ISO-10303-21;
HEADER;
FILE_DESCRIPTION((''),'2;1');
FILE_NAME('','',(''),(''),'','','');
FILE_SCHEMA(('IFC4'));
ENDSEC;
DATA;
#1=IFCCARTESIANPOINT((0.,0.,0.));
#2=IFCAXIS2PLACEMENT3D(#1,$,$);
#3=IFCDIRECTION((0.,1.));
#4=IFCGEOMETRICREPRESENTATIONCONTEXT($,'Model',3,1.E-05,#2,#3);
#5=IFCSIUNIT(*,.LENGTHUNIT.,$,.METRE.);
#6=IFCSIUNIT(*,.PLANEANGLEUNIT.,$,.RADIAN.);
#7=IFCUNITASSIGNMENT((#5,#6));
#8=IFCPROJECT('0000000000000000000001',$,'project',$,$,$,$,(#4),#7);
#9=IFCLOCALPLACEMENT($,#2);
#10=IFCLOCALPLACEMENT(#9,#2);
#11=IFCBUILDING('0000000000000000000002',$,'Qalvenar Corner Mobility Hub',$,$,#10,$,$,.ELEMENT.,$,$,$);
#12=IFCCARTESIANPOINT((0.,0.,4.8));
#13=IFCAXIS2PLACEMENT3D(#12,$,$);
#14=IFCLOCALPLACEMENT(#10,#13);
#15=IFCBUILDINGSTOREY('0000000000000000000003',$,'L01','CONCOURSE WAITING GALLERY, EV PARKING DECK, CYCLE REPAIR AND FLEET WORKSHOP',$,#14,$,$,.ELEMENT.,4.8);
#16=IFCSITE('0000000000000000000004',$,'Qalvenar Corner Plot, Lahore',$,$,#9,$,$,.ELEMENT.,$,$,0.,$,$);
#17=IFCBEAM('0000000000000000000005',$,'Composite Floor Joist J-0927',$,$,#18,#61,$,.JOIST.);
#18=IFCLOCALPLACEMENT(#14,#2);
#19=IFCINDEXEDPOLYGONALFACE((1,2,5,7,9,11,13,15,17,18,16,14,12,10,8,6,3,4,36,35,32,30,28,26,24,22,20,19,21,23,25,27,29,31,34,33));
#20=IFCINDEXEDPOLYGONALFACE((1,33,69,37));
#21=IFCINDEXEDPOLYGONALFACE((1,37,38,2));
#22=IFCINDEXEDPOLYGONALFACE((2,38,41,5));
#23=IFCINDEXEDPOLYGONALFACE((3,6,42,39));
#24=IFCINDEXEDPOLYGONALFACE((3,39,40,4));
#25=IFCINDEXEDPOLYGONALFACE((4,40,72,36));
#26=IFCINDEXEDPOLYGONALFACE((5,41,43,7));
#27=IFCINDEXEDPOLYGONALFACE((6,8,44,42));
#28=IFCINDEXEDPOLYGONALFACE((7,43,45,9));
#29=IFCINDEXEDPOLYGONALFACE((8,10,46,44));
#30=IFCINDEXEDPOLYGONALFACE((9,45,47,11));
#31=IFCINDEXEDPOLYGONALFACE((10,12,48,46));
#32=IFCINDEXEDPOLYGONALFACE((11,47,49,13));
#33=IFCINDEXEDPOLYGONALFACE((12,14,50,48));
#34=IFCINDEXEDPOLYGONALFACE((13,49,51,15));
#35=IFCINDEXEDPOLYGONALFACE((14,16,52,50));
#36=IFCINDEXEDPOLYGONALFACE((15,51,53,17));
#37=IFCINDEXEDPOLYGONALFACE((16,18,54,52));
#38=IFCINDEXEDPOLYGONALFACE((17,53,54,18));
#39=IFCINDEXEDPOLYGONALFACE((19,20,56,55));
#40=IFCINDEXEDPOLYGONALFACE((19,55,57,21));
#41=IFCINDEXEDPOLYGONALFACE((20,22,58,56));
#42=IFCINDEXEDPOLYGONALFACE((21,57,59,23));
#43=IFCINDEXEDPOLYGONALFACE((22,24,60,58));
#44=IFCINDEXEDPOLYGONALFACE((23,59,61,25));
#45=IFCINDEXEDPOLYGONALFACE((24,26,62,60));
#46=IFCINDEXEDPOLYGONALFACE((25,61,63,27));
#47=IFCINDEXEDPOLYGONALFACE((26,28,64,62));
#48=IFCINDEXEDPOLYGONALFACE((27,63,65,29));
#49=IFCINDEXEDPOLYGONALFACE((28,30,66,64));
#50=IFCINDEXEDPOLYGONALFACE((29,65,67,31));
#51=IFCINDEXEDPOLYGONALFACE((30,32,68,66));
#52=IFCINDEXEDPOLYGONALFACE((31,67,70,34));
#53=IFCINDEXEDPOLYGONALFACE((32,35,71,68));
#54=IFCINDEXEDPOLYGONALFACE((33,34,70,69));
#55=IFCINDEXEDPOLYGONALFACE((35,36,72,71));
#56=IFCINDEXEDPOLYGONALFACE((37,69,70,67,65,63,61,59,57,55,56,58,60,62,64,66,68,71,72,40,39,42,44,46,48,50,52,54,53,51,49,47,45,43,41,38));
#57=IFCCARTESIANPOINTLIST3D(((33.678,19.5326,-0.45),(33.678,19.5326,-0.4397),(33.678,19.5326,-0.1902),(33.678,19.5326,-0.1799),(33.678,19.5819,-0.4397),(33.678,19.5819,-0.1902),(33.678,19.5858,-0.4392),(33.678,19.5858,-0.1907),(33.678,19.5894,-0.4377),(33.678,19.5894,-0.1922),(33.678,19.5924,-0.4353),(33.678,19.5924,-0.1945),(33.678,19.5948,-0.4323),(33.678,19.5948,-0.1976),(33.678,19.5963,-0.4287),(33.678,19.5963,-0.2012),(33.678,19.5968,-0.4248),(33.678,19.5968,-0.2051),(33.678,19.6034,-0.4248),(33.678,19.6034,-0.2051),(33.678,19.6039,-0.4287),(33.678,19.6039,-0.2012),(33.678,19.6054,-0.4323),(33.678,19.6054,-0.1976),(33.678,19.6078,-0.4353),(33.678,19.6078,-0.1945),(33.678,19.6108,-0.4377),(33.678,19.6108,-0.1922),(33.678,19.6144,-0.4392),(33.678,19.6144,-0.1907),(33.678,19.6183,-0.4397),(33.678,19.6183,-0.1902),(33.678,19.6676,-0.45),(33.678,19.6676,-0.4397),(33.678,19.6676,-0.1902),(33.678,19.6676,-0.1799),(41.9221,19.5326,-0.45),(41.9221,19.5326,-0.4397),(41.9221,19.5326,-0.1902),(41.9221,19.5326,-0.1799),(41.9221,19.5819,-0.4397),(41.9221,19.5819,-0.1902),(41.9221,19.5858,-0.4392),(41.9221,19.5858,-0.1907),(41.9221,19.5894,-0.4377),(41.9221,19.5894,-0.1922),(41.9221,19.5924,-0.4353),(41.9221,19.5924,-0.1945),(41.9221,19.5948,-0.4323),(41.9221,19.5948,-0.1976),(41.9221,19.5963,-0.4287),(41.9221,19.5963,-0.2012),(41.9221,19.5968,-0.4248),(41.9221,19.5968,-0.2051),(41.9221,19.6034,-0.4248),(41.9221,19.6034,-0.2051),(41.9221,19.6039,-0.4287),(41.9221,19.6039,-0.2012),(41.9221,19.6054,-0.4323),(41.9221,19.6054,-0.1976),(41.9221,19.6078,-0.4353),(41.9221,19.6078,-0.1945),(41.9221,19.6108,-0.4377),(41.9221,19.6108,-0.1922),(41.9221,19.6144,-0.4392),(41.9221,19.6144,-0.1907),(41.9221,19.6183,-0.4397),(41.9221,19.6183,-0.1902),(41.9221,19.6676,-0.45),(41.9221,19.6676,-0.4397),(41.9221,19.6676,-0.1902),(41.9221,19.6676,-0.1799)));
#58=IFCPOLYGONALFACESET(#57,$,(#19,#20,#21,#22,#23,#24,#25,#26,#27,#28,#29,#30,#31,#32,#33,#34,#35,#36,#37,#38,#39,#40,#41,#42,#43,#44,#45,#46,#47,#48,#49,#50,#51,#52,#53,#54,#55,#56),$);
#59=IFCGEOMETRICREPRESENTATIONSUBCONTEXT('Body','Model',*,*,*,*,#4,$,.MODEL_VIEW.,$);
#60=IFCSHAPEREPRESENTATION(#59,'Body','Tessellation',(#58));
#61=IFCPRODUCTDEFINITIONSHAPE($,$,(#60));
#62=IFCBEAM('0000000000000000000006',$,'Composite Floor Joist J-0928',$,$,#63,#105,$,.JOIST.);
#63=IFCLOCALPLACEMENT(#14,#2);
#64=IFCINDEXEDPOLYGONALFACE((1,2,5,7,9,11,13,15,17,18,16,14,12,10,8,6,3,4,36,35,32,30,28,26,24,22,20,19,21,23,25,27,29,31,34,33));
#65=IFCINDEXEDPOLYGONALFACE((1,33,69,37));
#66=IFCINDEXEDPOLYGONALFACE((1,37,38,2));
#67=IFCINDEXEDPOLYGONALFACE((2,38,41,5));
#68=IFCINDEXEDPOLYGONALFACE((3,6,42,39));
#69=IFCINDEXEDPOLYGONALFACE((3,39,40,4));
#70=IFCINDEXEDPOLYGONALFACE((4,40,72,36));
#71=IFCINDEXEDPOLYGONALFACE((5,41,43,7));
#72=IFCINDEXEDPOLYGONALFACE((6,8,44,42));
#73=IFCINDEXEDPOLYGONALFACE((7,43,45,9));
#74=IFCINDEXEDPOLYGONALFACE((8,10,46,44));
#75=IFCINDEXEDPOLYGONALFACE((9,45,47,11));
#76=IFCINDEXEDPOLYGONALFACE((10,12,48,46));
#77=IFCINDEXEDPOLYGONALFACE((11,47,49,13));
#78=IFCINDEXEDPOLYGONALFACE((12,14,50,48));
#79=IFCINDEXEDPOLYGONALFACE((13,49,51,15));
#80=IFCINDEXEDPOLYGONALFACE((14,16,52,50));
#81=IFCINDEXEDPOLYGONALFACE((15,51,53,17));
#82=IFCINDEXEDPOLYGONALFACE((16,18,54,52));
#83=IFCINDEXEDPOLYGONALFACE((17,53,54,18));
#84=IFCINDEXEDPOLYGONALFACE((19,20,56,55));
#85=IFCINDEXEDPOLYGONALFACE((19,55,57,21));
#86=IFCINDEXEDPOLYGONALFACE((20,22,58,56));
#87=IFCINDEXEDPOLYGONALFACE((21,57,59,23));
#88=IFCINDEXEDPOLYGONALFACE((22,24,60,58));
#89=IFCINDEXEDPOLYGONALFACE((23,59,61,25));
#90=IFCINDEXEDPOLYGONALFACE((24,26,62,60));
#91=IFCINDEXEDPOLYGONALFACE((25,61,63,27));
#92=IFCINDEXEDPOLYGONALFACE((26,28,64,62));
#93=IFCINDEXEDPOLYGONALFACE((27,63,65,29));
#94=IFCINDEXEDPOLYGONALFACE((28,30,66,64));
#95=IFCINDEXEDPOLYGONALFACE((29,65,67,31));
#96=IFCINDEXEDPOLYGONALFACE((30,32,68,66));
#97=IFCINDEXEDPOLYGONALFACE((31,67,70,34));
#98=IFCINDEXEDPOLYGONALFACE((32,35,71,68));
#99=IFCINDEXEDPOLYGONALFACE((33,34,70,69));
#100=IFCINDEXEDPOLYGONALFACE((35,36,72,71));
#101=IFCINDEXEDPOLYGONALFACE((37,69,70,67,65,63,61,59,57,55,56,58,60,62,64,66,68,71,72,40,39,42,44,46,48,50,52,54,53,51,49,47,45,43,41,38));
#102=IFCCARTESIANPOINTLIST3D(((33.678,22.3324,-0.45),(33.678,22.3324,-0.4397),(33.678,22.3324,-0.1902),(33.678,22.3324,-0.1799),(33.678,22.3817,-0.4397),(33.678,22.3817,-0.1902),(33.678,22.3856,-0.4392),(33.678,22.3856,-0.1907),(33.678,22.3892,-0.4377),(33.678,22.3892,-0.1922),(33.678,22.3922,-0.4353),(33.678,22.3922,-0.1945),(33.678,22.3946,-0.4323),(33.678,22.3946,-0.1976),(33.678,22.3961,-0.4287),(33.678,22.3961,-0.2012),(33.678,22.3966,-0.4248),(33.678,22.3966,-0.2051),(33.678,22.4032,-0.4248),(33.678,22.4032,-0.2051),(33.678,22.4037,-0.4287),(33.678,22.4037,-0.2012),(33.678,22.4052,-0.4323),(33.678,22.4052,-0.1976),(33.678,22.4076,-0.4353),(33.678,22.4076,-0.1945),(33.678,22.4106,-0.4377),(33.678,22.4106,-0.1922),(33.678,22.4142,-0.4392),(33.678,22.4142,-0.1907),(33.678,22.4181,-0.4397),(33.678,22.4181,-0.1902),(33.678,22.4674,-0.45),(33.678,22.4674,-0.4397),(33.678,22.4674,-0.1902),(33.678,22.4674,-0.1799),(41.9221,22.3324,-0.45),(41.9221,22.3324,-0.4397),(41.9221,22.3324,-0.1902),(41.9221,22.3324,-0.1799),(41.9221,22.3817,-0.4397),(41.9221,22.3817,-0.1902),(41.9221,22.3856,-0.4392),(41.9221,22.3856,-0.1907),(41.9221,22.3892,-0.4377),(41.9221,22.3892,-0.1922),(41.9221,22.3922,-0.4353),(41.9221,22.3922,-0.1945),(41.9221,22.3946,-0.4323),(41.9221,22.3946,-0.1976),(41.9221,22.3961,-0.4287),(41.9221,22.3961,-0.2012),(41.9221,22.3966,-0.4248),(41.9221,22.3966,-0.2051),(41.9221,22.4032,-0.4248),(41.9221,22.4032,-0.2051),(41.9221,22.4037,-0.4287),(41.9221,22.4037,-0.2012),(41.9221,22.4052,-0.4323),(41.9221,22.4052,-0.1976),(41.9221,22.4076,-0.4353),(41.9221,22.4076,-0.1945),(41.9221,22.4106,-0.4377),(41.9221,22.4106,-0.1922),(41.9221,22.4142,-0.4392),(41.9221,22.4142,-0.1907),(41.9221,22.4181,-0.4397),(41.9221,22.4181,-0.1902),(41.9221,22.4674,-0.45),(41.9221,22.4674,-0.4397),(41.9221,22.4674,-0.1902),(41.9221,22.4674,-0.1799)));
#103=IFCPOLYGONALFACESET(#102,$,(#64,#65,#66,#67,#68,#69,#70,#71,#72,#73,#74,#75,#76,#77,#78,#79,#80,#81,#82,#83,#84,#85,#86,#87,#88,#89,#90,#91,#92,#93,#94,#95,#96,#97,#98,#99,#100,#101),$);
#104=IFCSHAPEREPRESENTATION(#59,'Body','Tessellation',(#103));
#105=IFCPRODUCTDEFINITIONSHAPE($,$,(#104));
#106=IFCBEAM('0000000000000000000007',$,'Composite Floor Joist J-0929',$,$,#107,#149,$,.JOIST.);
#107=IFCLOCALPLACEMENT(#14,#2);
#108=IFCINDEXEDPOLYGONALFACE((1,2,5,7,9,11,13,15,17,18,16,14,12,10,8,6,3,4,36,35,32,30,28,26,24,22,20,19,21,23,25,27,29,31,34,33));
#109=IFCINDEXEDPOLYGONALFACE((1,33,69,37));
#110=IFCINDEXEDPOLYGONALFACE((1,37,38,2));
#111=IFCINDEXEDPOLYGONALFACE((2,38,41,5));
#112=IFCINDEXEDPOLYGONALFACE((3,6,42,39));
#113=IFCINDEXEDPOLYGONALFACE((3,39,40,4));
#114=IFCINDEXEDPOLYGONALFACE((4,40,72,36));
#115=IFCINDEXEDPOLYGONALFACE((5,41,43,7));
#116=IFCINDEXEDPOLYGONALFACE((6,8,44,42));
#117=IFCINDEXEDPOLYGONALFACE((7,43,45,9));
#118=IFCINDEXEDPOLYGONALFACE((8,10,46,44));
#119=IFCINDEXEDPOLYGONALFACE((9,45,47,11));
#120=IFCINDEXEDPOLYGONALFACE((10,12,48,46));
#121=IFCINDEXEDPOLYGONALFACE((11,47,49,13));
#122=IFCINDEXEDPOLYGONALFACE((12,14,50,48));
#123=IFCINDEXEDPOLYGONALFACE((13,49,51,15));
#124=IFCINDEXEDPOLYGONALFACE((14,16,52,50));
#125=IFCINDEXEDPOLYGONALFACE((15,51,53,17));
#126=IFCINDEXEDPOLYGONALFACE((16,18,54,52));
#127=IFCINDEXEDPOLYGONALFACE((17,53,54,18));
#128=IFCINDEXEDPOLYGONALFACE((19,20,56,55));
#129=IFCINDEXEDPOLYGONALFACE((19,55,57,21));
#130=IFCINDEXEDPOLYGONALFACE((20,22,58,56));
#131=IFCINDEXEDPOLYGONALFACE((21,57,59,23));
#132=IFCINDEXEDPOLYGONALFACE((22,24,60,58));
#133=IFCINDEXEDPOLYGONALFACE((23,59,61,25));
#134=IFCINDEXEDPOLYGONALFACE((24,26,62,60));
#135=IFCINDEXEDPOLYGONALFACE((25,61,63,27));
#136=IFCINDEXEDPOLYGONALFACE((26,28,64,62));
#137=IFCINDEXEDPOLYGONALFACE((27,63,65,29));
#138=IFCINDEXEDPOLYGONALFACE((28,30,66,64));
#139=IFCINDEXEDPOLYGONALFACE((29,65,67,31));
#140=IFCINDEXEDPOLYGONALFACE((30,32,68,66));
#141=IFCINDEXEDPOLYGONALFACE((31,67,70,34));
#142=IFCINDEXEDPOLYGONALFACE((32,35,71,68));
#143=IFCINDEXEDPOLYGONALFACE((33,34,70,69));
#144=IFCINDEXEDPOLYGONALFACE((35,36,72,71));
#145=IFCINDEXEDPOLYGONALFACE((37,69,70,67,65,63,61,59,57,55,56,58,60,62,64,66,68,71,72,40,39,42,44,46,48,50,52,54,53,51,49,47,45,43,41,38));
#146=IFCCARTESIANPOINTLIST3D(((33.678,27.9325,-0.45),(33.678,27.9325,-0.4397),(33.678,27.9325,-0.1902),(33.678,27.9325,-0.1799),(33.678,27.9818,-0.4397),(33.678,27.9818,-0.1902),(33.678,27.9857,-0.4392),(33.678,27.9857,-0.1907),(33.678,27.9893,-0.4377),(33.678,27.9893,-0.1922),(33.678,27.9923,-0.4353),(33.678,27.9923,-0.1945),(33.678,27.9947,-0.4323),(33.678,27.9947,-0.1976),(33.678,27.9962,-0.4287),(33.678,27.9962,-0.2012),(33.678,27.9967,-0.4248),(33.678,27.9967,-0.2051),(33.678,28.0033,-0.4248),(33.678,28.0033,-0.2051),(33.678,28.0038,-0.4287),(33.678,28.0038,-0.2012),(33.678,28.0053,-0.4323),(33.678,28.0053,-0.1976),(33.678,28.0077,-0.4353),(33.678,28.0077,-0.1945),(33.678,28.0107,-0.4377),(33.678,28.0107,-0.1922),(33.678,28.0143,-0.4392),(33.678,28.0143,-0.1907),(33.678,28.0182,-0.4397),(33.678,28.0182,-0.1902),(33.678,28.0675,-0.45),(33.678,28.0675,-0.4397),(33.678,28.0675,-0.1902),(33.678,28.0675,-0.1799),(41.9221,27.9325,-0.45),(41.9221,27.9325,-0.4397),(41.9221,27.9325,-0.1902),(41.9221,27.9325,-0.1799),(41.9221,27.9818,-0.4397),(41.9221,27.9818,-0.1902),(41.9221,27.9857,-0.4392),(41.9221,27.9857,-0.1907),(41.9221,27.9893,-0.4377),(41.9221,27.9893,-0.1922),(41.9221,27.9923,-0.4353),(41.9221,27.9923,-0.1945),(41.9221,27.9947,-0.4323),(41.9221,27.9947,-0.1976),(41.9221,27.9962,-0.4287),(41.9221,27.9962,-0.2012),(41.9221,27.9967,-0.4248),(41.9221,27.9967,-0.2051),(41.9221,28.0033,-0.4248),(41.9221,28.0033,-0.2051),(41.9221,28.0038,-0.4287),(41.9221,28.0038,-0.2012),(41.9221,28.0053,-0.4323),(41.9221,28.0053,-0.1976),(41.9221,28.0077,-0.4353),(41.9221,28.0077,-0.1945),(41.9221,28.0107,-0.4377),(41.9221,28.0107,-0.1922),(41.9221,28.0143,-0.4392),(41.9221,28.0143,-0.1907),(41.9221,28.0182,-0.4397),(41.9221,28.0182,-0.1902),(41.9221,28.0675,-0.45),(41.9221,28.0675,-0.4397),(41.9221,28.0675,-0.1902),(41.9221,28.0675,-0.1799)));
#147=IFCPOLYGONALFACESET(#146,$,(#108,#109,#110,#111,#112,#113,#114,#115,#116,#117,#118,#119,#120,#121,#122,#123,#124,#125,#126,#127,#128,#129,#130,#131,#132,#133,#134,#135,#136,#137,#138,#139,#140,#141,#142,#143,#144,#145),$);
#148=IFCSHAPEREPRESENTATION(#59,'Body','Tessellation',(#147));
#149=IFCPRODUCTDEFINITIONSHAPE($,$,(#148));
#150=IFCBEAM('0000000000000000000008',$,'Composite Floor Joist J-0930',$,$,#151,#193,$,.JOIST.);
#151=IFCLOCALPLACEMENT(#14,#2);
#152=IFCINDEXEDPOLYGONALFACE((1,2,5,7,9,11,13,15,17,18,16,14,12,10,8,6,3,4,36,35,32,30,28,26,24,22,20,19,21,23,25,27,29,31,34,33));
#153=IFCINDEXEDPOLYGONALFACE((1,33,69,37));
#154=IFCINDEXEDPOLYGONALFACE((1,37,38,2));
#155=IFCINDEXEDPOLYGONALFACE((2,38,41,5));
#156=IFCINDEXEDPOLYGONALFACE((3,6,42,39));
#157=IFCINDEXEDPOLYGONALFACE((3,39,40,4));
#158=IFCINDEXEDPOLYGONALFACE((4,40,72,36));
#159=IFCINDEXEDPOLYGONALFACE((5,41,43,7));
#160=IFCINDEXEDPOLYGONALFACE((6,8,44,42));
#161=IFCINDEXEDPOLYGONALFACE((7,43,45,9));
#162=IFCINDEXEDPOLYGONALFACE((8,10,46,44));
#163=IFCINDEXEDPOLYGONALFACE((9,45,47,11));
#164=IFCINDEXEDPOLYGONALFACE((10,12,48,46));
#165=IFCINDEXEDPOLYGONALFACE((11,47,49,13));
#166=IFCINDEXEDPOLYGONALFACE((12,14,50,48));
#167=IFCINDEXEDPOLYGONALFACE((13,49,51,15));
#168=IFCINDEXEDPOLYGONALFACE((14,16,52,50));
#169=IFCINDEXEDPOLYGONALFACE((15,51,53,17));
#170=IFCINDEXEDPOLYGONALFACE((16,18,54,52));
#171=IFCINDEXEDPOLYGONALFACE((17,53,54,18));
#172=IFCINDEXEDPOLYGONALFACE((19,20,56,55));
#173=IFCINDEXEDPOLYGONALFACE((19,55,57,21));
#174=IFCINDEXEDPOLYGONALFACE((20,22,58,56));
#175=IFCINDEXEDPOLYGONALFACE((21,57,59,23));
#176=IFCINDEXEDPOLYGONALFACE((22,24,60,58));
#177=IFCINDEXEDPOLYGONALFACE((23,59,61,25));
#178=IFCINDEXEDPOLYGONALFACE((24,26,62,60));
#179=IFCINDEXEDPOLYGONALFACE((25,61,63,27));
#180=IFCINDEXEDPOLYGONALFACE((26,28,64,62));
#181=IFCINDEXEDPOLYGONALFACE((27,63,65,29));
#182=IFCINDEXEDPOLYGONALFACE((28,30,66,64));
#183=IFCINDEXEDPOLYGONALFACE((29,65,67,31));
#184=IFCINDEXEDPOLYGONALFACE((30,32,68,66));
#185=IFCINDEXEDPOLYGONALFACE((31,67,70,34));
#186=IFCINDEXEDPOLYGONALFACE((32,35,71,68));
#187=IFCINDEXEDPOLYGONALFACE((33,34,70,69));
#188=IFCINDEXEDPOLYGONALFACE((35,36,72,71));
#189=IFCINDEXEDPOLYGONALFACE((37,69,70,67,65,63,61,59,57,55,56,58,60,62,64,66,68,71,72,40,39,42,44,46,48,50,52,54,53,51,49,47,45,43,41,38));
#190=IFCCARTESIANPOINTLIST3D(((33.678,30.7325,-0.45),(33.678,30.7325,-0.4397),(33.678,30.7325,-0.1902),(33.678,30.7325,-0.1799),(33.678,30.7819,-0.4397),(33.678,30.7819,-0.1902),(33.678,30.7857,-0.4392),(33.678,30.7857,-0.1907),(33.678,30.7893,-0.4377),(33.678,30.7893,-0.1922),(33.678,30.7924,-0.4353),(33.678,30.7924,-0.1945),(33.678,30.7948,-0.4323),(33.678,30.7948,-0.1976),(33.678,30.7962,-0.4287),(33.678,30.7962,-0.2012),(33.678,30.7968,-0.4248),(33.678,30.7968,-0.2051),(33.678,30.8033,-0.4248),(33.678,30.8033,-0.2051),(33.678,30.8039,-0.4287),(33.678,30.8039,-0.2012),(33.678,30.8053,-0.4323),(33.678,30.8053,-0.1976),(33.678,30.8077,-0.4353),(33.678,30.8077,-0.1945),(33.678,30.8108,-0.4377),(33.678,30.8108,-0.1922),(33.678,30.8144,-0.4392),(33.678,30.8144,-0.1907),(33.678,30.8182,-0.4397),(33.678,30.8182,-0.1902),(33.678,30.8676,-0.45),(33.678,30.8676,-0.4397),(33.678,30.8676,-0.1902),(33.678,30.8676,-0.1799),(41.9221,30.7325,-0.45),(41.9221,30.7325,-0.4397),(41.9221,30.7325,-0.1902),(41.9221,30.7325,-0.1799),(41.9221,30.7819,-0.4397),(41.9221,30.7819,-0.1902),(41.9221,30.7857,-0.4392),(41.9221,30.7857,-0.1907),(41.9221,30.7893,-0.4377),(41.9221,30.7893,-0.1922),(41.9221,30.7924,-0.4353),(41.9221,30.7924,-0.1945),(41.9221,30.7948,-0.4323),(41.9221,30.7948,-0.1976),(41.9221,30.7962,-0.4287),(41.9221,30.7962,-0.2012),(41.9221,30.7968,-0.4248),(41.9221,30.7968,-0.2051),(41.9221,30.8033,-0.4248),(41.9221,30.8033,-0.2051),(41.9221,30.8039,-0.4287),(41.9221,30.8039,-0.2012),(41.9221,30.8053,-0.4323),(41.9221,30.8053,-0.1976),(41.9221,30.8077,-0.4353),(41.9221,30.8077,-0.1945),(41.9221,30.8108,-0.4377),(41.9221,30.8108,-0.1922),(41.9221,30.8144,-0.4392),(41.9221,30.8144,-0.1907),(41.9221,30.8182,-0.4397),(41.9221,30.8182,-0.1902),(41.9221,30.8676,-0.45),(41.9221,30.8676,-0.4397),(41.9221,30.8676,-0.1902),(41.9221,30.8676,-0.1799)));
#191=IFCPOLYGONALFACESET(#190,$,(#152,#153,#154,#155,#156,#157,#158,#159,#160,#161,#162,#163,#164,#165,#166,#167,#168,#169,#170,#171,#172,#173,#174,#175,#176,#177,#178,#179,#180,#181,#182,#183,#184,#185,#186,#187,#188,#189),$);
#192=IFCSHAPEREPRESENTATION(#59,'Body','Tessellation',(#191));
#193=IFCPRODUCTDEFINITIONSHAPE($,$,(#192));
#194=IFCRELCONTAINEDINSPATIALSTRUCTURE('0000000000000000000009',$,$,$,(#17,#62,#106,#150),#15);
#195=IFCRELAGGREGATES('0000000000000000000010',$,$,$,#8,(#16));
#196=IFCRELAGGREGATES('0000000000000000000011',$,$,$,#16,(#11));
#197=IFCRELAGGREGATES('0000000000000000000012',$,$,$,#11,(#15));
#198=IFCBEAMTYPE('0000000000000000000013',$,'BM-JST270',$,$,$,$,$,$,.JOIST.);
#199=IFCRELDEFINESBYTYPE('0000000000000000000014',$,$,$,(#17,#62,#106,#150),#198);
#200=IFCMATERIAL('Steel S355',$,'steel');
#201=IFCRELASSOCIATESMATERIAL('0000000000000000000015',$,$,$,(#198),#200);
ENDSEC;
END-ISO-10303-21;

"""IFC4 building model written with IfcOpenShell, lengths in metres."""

from ifc_helpers import new_model, si_unit, direction, frame, origin, origin_2d, place, context, subcontext, project, spatial, i_section, extrude, material, material_profile, profile_set, type_object, element, save


model = new_model("IFC4")

# Units and contexts
model_context = context("Model", 3, precision=1e-05, world=origin(), true_north=direction((0.0, 1.0)))
body_context = subcontext(model_context, "Body", "Model", "MODEL_VIEW")
ifc_project = project(units=[si_unit("LENGTHUNIT", "METRE"), si_unit("PLANEANGLEUNIT", "RADIAN")], contexts=[model_context])

# Site, building, storey
site_placement = place(None, origin())
site = spatial("IfcSite", under=ifc_project, at=site_placement, Name="Qalvenar Corner Plot, Lahore", CompositionType="ELEMENT", RefElevation=0.0)
building_placement = place(site_placement, origin())
building = spatial("IfcBuilding", under=site, at=building_placement, Name="Qalvenar Corner Mobility Hub", CompositionType="ELEMENT")
storey_placement = place(building_placement, frame((0.0, 0.0, 4.8)))
storey = spatial("IfcBuildingStorey", under=building, at=storey_placement, Name="L01", Description="CONCOURSE WAITING GALLERY, EV PARKING DECK, CYCLE REPAIR AND FLEET WORKSHOP", CompositionType="ELEMENT", Elevation=4.8)

# Shared definitions
ifc_material_1 = material(Name="Steel S355", Category="steel")

# Beams
ifc_material_profile_1 = material_profile(ifc_material_1, i_section(OverallWidth=0.135, OverallDepth=0.27, WebThickness=0.0066, FlangeThickness=0.0103, FilletRadius=0.0149, at=origin_2d()), Name="IPE270")
ifc_profile_set_1 = profile_set([ifc_material_profile_1], Name="Steel S355")
beam_type_1 = type_object("IfcBeamType", Name="BM-JST270", PredefinedType="JOIST", material=ifc_profile_set_1)
for number, where, z_axis, x_axis, name in (
    (1, (33.678, 19.6001, -0.3149), (1.0, 0.0, 0.0), (0.0, 1.0, 0.0), "Composite Floor Joist J-0927"),
    (2, (33.678, 22.3999, -0.3149), (1.0, 0.0, 0.0), (0.0, 1.0, 0.0), "Composite Floor Joist J-0928"),
    (3, (33.678, 28.0, -0.3149), (1.0, 0.0, 0.0), (0.0, 1.0, 0.0), "Composite Floor Joist J-0929"),
    (4, (33.678, 30.8, -0.3149), (1.0, 0.0, 0.0), (0.0, 1.0, 0.0), "Composite Floor Joist J-0930"),
):
    element("IfcBeam", number, at=place(storey_placement, frame(where, z_axis=z_axis, x_axis=x_axis)), inside=storey, type_object=beam_type_1, Name=name, PredefinedType="JOIST", context=body_context, shape_type="SweptSolid", body=[
        extrude(i_section(OverallWidth=0.135, OverallDepth=0.27, WebThickness=0.0066, FlangeThickness=0.0103, FilletRadius=0.0149, at=origin_2d()), origin(), (0.0, 0.0, 1.0), 8.2441),
    ])

save(model, "model.ifc")
